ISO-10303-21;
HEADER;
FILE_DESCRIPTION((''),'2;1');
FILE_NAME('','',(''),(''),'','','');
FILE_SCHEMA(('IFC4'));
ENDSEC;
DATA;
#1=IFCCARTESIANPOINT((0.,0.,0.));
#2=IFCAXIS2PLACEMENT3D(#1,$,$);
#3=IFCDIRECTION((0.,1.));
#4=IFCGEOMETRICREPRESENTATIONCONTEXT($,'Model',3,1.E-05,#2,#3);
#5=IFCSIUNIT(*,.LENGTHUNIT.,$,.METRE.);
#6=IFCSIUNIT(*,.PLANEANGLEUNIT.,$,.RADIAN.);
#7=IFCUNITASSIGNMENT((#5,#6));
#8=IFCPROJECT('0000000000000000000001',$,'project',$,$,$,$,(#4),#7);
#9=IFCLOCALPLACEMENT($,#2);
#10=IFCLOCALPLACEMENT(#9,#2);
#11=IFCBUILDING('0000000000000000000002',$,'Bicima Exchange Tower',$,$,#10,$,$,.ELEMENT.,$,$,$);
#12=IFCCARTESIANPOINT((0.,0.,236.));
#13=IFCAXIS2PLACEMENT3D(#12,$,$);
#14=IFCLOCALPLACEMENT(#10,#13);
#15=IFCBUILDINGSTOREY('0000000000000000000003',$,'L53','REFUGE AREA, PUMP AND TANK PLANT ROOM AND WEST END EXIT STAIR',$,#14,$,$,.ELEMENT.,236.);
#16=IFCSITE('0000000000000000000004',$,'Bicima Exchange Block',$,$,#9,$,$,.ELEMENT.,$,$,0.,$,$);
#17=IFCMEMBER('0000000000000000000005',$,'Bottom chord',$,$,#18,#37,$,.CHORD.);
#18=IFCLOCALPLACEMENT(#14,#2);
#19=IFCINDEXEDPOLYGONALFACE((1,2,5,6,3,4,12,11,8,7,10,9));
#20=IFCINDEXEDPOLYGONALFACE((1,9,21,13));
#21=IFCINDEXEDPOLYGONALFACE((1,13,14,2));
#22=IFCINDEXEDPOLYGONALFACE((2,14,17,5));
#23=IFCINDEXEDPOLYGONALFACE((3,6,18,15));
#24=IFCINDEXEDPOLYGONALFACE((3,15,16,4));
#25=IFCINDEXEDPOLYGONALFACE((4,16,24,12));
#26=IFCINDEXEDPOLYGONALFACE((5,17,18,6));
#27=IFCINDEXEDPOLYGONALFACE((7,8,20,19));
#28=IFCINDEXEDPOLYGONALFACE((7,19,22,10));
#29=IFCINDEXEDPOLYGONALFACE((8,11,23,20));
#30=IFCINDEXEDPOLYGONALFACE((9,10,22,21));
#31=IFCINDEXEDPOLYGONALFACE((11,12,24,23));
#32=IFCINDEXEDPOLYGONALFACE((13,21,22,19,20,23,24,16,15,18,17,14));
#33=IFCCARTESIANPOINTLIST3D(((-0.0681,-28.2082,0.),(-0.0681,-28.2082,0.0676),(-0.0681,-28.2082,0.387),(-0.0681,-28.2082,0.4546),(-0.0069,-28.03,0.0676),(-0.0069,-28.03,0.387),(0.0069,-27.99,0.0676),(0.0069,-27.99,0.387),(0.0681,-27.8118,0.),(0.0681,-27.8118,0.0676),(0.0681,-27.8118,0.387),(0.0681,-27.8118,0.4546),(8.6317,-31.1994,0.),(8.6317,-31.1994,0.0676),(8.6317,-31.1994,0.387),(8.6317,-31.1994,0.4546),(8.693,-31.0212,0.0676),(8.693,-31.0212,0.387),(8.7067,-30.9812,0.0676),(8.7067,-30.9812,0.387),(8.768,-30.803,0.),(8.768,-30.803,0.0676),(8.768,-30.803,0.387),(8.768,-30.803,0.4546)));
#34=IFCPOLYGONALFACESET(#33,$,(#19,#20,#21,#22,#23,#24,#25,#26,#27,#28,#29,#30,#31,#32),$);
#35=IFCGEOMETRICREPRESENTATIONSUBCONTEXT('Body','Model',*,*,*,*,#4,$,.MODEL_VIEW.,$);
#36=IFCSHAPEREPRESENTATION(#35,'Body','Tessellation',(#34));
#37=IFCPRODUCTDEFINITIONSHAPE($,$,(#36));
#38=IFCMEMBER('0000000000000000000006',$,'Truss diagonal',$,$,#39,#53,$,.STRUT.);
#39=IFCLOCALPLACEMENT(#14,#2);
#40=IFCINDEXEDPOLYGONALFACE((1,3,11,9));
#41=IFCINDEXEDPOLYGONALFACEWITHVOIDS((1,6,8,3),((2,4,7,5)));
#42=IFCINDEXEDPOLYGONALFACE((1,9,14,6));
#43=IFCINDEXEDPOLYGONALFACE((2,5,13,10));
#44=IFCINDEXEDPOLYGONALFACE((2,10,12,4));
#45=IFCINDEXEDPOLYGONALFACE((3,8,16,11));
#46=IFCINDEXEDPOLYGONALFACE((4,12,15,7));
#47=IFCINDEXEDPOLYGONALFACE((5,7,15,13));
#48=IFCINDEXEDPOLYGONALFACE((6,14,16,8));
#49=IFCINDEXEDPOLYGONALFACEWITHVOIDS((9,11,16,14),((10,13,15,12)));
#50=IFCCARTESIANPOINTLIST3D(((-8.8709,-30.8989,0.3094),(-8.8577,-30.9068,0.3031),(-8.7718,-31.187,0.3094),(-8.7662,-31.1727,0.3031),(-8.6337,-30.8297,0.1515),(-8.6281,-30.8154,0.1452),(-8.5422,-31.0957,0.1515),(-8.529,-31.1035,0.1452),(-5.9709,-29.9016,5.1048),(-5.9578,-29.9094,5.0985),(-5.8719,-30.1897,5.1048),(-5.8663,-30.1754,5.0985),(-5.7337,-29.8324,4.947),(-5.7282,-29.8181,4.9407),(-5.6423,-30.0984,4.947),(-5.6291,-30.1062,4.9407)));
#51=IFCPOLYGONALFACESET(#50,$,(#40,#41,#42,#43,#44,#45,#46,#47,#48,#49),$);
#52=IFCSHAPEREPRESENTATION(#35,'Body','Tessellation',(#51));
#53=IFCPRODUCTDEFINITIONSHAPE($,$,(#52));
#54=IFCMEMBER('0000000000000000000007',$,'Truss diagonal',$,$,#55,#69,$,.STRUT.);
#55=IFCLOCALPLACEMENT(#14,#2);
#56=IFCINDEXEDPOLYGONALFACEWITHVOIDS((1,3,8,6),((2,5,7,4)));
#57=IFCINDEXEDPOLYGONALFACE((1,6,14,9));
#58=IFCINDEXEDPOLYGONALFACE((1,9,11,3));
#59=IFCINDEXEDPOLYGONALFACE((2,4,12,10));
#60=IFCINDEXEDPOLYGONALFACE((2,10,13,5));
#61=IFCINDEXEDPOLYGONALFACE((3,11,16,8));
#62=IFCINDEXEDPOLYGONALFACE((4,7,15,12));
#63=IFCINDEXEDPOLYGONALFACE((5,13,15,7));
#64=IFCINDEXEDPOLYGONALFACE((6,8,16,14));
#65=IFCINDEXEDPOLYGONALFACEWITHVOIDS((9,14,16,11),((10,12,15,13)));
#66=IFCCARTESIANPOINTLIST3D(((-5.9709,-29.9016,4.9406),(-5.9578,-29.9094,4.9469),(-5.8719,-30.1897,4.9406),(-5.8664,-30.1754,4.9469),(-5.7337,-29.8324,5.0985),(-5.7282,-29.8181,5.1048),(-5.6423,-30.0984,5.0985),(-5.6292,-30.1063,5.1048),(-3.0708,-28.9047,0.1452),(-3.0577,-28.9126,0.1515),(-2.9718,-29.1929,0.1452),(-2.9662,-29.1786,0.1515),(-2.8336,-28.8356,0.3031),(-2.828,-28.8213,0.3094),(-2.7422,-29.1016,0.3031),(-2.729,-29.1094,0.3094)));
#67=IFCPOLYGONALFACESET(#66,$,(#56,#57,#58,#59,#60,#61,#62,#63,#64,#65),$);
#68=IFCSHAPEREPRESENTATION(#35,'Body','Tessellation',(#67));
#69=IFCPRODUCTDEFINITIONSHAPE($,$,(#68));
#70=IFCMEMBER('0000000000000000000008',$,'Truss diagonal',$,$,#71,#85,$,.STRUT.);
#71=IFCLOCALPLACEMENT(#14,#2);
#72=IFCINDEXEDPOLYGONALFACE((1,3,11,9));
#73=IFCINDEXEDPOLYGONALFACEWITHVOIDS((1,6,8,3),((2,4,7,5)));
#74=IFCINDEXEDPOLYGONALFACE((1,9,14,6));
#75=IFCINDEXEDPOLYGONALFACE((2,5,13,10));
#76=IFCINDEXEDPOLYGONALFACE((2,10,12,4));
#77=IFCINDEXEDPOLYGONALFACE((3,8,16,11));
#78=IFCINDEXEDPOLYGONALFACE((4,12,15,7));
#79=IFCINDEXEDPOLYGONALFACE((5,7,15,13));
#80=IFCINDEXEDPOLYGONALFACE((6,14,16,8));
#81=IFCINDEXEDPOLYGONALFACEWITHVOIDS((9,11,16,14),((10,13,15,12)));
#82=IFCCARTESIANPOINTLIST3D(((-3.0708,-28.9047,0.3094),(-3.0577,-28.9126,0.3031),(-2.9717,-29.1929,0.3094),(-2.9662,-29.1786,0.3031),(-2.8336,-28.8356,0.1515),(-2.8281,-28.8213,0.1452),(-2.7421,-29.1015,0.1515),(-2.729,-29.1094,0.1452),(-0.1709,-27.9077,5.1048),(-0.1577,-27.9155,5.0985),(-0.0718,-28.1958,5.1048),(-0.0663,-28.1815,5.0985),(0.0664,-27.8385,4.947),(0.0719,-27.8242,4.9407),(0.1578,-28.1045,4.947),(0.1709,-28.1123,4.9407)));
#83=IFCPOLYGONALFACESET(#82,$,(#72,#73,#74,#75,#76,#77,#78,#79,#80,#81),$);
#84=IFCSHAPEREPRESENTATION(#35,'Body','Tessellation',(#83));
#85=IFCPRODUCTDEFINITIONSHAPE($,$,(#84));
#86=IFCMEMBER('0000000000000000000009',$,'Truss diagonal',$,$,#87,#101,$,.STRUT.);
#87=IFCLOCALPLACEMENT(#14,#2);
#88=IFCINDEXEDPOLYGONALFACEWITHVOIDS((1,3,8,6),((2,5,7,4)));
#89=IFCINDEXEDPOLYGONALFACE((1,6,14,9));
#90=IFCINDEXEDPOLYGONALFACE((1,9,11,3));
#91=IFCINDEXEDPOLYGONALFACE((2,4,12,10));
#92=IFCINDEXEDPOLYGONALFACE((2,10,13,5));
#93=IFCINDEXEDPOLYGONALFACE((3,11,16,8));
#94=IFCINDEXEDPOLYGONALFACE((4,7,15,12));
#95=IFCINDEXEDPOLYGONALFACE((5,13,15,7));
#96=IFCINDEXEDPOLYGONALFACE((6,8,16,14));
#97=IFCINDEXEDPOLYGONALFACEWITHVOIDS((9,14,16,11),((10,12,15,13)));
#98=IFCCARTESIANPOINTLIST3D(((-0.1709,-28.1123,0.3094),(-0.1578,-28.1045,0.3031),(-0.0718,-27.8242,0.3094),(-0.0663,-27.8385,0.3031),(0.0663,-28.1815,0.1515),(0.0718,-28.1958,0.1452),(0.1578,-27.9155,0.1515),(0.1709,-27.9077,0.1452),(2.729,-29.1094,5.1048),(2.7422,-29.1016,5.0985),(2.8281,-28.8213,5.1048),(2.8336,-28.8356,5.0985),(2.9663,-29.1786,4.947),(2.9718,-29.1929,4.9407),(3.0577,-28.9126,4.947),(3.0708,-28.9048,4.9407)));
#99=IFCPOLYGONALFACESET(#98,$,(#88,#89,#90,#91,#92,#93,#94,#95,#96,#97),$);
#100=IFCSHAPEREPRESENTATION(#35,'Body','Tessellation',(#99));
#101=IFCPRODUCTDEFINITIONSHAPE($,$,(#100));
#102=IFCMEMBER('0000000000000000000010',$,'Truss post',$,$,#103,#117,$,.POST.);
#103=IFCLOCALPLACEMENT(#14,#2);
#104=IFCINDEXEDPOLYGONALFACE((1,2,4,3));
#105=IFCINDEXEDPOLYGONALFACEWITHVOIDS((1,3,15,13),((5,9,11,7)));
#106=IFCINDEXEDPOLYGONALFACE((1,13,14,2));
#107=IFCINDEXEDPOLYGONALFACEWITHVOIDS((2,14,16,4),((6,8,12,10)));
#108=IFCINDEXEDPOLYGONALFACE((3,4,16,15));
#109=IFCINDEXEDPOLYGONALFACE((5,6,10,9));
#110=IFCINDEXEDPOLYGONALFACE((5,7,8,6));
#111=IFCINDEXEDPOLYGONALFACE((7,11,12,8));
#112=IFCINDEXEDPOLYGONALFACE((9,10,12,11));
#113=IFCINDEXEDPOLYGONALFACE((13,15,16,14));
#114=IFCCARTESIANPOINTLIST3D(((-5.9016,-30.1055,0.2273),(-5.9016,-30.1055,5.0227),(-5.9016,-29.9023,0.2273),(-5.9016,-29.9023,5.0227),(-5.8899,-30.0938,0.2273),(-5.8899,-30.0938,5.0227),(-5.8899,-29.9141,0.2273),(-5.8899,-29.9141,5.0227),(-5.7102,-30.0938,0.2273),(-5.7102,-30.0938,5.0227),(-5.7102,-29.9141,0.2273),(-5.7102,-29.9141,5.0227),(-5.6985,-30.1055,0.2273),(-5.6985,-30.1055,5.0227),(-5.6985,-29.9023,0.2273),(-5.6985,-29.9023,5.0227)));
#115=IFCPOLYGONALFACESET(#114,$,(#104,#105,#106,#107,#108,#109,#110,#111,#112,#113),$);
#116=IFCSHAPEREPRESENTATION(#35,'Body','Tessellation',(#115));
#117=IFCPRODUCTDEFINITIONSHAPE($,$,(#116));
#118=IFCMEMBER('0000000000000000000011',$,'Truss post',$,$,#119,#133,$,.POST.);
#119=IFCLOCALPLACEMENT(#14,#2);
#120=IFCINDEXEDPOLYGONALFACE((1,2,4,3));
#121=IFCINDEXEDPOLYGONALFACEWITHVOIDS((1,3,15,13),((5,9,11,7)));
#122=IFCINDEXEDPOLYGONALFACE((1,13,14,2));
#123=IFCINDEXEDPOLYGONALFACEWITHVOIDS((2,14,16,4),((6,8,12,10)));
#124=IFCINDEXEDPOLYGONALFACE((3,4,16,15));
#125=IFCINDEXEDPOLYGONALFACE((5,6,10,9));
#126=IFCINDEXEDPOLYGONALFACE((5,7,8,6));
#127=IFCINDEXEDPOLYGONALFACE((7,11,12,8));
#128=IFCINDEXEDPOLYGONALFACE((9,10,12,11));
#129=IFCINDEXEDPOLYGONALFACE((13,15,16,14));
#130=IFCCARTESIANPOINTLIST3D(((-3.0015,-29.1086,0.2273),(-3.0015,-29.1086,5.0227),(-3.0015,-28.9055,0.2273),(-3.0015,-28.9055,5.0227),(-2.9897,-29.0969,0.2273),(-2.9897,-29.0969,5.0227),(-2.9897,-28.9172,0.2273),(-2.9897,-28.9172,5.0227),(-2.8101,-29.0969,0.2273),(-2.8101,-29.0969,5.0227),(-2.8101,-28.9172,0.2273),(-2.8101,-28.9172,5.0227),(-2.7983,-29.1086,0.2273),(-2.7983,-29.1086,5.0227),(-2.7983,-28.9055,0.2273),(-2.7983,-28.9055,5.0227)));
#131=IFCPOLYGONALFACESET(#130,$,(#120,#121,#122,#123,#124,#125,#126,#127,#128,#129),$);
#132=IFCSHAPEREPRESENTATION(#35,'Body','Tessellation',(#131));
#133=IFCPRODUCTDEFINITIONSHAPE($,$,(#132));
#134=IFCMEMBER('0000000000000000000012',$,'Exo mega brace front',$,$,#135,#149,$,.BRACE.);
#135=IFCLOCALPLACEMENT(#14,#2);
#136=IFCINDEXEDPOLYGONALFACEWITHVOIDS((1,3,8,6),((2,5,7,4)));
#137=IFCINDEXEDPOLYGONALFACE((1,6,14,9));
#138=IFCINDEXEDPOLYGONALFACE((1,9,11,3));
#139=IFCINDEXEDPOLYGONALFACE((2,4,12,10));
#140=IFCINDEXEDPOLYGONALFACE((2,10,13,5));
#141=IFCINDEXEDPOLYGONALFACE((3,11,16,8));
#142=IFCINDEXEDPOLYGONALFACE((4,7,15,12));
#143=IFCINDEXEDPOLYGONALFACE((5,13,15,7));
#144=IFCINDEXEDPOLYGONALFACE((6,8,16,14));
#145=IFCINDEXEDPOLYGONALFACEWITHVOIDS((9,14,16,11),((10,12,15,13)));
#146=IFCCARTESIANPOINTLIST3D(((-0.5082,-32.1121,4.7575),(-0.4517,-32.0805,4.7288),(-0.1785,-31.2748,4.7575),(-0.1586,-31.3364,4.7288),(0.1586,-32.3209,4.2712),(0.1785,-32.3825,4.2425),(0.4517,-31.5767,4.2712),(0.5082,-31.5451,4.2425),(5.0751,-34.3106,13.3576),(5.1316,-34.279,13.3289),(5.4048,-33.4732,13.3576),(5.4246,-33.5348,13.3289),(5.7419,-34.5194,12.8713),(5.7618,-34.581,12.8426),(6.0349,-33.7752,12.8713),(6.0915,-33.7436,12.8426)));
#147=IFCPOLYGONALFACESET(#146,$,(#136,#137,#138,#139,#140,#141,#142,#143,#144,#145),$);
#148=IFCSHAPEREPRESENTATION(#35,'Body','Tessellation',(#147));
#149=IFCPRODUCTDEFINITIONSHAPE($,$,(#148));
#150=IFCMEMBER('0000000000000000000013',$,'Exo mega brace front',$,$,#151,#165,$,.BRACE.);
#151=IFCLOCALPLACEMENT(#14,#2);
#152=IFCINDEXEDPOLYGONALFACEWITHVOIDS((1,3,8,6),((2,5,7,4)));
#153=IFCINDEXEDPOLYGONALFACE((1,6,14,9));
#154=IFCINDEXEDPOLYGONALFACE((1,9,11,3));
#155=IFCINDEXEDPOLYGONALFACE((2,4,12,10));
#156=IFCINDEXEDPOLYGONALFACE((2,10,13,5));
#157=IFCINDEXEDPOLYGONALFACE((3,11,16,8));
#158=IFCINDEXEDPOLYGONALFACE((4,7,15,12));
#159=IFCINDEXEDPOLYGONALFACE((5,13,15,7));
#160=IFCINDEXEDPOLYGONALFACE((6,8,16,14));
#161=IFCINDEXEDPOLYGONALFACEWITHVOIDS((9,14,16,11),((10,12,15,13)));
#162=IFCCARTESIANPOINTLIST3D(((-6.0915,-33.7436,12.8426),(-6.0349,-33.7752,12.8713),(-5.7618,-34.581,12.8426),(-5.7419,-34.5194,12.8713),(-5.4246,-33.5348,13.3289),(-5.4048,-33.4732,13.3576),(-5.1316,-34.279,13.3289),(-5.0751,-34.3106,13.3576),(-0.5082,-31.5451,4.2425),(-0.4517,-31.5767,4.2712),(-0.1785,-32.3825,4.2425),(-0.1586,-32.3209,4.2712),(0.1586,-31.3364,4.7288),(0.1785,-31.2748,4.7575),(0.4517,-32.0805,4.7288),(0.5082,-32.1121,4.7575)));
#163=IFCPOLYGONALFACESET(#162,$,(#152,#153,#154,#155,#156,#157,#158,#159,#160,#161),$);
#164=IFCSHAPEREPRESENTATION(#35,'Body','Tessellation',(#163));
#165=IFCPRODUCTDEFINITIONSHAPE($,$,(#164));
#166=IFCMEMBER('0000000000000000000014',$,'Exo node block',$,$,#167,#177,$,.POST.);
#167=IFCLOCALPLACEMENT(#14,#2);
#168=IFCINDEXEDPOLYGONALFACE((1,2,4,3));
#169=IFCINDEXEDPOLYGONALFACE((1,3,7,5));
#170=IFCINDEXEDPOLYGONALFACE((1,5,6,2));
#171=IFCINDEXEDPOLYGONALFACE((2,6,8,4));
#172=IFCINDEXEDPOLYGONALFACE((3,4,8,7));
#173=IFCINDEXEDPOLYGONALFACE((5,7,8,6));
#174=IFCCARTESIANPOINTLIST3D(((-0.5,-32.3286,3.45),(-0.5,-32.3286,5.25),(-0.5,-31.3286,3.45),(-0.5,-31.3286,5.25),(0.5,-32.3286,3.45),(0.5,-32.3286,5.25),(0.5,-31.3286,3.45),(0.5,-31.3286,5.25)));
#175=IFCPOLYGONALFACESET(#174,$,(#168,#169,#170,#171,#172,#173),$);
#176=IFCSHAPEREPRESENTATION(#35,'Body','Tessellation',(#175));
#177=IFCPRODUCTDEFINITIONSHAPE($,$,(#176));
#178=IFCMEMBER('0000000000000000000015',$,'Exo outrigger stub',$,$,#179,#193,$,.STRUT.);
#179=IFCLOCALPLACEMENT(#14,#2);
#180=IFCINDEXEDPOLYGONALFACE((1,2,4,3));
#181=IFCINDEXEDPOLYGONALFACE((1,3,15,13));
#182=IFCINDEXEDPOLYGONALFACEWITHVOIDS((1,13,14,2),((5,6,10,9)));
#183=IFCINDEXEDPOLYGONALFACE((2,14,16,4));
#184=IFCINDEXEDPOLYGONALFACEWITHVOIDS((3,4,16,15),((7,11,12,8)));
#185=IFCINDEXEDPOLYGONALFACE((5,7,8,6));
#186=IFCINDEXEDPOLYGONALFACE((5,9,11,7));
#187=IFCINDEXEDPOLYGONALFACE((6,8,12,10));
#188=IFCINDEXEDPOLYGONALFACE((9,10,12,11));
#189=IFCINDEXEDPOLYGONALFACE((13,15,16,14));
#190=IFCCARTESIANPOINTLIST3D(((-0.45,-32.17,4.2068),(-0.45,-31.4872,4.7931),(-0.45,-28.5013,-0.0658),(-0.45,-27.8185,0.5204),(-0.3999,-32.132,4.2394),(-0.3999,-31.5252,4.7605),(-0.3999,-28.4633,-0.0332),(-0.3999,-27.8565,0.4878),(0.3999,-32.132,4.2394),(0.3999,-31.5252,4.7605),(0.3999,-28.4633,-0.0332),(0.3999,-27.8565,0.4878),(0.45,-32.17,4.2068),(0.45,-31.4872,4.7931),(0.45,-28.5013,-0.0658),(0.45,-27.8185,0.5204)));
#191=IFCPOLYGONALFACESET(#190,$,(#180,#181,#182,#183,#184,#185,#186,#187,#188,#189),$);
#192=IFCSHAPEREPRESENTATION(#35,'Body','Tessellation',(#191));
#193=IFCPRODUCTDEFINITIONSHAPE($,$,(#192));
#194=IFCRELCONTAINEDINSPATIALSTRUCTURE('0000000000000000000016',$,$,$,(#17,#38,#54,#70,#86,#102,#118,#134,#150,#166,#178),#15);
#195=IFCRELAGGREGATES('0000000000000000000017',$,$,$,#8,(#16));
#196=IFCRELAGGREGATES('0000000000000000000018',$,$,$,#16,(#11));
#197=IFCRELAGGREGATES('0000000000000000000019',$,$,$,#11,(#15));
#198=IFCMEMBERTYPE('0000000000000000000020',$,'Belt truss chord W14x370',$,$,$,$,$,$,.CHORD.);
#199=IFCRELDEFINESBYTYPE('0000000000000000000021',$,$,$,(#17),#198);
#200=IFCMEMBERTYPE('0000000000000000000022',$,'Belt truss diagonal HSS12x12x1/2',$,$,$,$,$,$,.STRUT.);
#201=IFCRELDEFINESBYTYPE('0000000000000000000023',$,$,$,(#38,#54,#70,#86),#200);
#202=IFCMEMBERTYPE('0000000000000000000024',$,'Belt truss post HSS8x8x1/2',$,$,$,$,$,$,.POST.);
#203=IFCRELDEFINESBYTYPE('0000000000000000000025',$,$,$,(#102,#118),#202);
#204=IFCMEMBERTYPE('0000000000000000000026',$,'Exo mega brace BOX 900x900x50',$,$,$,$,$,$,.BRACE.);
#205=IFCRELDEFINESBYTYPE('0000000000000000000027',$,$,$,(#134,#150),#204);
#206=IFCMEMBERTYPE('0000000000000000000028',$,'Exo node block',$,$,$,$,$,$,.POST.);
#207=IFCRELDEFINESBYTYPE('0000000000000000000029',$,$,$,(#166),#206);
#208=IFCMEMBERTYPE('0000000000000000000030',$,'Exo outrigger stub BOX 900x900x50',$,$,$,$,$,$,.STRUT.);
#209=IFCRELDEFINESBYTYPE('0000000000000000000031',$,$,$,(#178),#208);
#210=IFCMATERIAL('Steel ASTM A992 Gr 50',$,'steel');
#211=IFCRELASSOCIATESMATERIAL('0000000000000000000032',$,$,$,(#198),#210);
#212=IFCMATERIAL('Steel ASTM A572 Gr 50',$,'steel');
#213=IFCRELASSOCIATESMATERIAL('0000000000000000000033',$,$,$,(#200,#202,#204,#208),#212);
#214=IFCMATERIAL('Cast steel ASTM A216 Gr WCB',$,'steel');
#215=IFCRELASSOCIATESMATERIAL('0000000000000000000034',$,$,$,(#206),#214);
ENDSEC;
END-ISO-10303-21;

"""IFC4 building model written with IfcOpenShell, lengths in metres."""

from ifc_helpers import new_model, si_unit, direction, frame, origin, origin_2d, place, context, subcontext, project, spatial, rectangle, hollow_rectangle, i_section, extrude, material, material_profile, profile_set, type_object, element, save


model = new_model("IFC4")

# Units and contexts
model_context = context("Model", 3, precision=1e-05, world=origin(), true_north=direction((0.0, 1.0)))
body_context = subcontext(model_context, "Body", "Model", "MODEL_VIEW")
ifc_project = project(units=[si_unit("LENGTHUNIT", "METRE"), si_unit("PLANEANGLEUNIT", "RADIAN")], contexts=[model_context])

# Site, building, storey
site_placement = place(None, origin())
site = spatial("IfcSite", under=ifc_project, at=site_placement, Name="Bicima Exchange Block", CompositionType="ELEMENT", RefElevation=0.0)
building_placement = place(site_placement, origin())
building = spatial("IfcBuilding", under=site, at=building_placement, Name="Bicima Exchange Tower", CompositionType="ELEMENT")
storey_placement = place(building_placement, frame((0.0, 0.0, 236.0)))
storey = spatial("IfcBuildingStorey", under=building, at=storey_placement, Name="L53", Description="REFUGE AREA, PUMP AND TANK PLANT ROOM AND WEST END EXIT STAIR", CompositionType="ELEMENT", Elevation=236.0)

# Shared definitions
ifc_material_1 = material(Name="Steel ASTM A992 Gr 50", Category="steel")

# Members
ifc_material_profile_1 = material_profile(ifc_material_1, i_section(OverallWidth=0.4192, OverallDepth=0.4546, WebThickness=0.0422, FlangeThickness=0.0676, at=origin_2d()))
ifc_profile_set_1 = profile_set([ifc_material_profile_1], Name="Steel ASTM A992 Gr 50")
member_type_1 = type_object("IfcMemberType", Name="Belt truss chord W14x370", PredefinedType="CHORD", material=ifc_profile_set_1)
for number, where, z_axis, x_axis, name in (
    (1, (0.0, -28.01, 0.2273), (0.945666, -0.325138, 0.0), (0.325138, 0.945666, 0.0), "Bottom chord"),
):
    element("IfcMember", number, at=place(storey_placement, frame(where, z_axis=z_axis, x_axis=x_axis)), inside=storey, type_object=member_type_1, Name=name, PredefinedType="CHORD", context=body_context, shape_type="SweptSolid", body=[
        extrude(i_section(OverallWidth=0.4192, OverallDepth=0.4546, WebThickness=0.0422, FlangeThickness=0.0676, at=origin_2d()), origin(), (0.0, 0.0, 1.0), 9.1997),
    ])
ifc_material_2 = material(Name="Steel ASTM A572 Gr 50", Category="steel")
ifc_material_profile_2 = material_profile(ifc_material_2, hollow_rectangle(XDim=0.3047, YDim=0.3047, WallThickness=0.0117, at=origin_2d()))
ifc_profile_set_2 = profile_set([ifc_material_profile_2], Name="Steel ASTM A572 Gr 50")
member_type_2 = type_object("IfcMemberType", Name="Belt truss diagonal HSS12x12x1/2", PredefinedType="STRUT", material=ifc_profile_set_2)
for number, where, z_axis, x_axis, name in (
    (2, (-8.7, -31.0012, 0.2273), (0.509461, 0.17521, 0.842467), (-0.325218, 0.945639, 0.0), "Truss diagonal"),
    (3, (-5.8, -30.0039, 5.0227), (0.5095, 0.175123, -0.842462), (-0.325051, 0.945697, 0.0), "Truss diagonal"),
    (4, (-2.8999, -29.0071, 0.2273), (0.509465, 0.175169, 0.842474), (-0.325147, 0.945664, 0.0), "Truss diagonal"),
    (5, (0.0, -28.01, 0.2273), (0.509465, -0.175169, 0.842474), (0.325147, 0.945664, 0.0), "Truss diagonal"),
):
    element("IfcMember", number, at=place(storey_placement, frame(where, z_axis=z_axis, x_axis=x_axis)), inside=storey, type_object=member_type_2, Name=name, PredefinedType="STRUT", context=body_context, shape_type="SweptSolid", body=[
        extrude(hollow_rectangle(XDim=0.3047, YDim=0.3047, WallThickness=0.0117, at=origin_2d()), origin(), (0.0, 0.0, 1.0), 5.6921),
    ])
ifc_material_profile_3 = material_profile(ifc_material_2, hollow_rectangle(XDim=0.2031, YDim=0.2031, WallThickness=0.0117, at=origin_2d()))
ifc_profile_set_3 = profile_set([ifc_material_profile_3], Name="Steel ASTM A572 Gr 50")
member_type_3 = type_object("IfcMemberType", Name="Belt truss post HSS8x8x1/2", PredefinedType="POST", material=ifc_profile_set_3)
for number, where, z_axis, x_axis, name in (
    (6, (-5.8, -30.0039, 0.2273), (0.0, 0.0, 1.0), (1.0, 0.0, 0.0), "Truss post"),
    (7, (-2.8999, -29.0071, 0.2273), (0.0, 0.0, 1.0), (1.0, 0.0, 0.0), "Truss post"),
):
    element("IfcMember", number, at=place(storey_placement, frame(where, z_axis=z_axis, x_axis=x_axis)), inside=storey, type_object=member_type_3, Name=name, PredefinedType="POST", context=body_context, shape_type="SweptSolid", body=[
        extrude(hollow_rectangle(XDim=0.2031, YDim=0.2031, WallThickness=0.0117, at=origin_2d()), origin(), (0.0, 0.0, 1.0), 4.7954),
    ])
ifc_material_profile_4 = material_profile(ifc_material_2, hollow_rectangle(XDim=0.8999, YDim=0.8999, WallThickness=0.05, at=origin_2d()))
ifc_profile_set_4 = profile_set([ifc_material_profile_4], Name="Steel ASTM A572 Gr 50")
member_type_4 = type_object("IfcMemberType", Name="Exo mega brace BOX 900x900x50", PredefinedType="BRACE", material=ifc_profile_set_4)
for number, where, z_axis, x_axis, name in (
    (8, (0.0, -31.8286, 4.5), (0.53242, -0.209648, 0.820107), (0.366384, 0.930464, 0.0), "Exo mega brace front"),
    (9, (0.0, -31.8286, 4.5), (-0.53242, -0.209648, 0.820107), (0.366384, -0.930464, 0.0), "Exo mega brace front"),
):
    element("IfcMember", number, at=place(storey_placement, frame(where, z_axis=z_axis, x_axis=x_axis)), inside=storey, type_object=member_type_4, Name=name, PredefinedType="BRACE", context=body_context, shape_type="SweptSolid", body=[
        extrude(hollow_rectangle(XDim=0.8999, YDim=0.8999, WallThickness=0.05, at=origin_2d()), origin(), (0.0, 0.0, 1.0), 10.4866),
    ])
ifc_material_3 = material(Name="Cast steel ASTM A216 Gr WCB", Category="steel")
ifc_material_profile_5 = material_profile(ifc_material_3, rectangle(XDim=1.0, YDim=1.0, at=origin_2d()))
ifc_profile_set_5 = profile_set([ifc_material_profile_5], Name="Cast steel ASTM A216 Gr WCB")
member_type_5 = type_object("IfcMemberType", Name="Exo node block", PredefinedType="POST", material=ifc_profile_set_5)
member_1_placement = place(storey_placement, frame((0.0, -31.8286, 3.45), z_axis=(0.0, 0.0, 1.0), x_axis=(1.0, 0.0, 0.0)))
element("IfcMember", 10, at=member_1_placement, inside=storey, type_object=member_type_5, Name="Exo node block", PredefinedType="POST", context=body_context, shape_type="SweptSolid", body=[
    extrude(rectangle(XDim=1.0, YDim=1.0, at=origin_2d()), origin(), (0.0, 0.0, 1.0), 1.8),
])
member_type_6 = type_object("IfcMemberType", Name="Exo outrigger stub BOX 900x900x50", PredefinedType="STRUT", material=ifc_profile_set_4)
member_2_placement = place(storey_placement, frame((0.0, -28.1599, 0.2273), z_axis=(0.0, -0.651444, 0.758696), x_axis=(1.0, 0.0, 0.0)))
element("IfcMember", 11, at=member_2_placement, inside=storey, type_object=member_type_6, Name="Exo outrigger stub", PredefinedType="STRUT", context=body_context, shape_type="SweptSolid", body=[
    extrude(hollow_rectangle(XDim=0.8999, YDim=0.8999, WallThickness=0.05, at=origin_2d()), origin(), (0.0, 0.0, 1.0), 5.6316),
])

save(model, "model.ifc")
